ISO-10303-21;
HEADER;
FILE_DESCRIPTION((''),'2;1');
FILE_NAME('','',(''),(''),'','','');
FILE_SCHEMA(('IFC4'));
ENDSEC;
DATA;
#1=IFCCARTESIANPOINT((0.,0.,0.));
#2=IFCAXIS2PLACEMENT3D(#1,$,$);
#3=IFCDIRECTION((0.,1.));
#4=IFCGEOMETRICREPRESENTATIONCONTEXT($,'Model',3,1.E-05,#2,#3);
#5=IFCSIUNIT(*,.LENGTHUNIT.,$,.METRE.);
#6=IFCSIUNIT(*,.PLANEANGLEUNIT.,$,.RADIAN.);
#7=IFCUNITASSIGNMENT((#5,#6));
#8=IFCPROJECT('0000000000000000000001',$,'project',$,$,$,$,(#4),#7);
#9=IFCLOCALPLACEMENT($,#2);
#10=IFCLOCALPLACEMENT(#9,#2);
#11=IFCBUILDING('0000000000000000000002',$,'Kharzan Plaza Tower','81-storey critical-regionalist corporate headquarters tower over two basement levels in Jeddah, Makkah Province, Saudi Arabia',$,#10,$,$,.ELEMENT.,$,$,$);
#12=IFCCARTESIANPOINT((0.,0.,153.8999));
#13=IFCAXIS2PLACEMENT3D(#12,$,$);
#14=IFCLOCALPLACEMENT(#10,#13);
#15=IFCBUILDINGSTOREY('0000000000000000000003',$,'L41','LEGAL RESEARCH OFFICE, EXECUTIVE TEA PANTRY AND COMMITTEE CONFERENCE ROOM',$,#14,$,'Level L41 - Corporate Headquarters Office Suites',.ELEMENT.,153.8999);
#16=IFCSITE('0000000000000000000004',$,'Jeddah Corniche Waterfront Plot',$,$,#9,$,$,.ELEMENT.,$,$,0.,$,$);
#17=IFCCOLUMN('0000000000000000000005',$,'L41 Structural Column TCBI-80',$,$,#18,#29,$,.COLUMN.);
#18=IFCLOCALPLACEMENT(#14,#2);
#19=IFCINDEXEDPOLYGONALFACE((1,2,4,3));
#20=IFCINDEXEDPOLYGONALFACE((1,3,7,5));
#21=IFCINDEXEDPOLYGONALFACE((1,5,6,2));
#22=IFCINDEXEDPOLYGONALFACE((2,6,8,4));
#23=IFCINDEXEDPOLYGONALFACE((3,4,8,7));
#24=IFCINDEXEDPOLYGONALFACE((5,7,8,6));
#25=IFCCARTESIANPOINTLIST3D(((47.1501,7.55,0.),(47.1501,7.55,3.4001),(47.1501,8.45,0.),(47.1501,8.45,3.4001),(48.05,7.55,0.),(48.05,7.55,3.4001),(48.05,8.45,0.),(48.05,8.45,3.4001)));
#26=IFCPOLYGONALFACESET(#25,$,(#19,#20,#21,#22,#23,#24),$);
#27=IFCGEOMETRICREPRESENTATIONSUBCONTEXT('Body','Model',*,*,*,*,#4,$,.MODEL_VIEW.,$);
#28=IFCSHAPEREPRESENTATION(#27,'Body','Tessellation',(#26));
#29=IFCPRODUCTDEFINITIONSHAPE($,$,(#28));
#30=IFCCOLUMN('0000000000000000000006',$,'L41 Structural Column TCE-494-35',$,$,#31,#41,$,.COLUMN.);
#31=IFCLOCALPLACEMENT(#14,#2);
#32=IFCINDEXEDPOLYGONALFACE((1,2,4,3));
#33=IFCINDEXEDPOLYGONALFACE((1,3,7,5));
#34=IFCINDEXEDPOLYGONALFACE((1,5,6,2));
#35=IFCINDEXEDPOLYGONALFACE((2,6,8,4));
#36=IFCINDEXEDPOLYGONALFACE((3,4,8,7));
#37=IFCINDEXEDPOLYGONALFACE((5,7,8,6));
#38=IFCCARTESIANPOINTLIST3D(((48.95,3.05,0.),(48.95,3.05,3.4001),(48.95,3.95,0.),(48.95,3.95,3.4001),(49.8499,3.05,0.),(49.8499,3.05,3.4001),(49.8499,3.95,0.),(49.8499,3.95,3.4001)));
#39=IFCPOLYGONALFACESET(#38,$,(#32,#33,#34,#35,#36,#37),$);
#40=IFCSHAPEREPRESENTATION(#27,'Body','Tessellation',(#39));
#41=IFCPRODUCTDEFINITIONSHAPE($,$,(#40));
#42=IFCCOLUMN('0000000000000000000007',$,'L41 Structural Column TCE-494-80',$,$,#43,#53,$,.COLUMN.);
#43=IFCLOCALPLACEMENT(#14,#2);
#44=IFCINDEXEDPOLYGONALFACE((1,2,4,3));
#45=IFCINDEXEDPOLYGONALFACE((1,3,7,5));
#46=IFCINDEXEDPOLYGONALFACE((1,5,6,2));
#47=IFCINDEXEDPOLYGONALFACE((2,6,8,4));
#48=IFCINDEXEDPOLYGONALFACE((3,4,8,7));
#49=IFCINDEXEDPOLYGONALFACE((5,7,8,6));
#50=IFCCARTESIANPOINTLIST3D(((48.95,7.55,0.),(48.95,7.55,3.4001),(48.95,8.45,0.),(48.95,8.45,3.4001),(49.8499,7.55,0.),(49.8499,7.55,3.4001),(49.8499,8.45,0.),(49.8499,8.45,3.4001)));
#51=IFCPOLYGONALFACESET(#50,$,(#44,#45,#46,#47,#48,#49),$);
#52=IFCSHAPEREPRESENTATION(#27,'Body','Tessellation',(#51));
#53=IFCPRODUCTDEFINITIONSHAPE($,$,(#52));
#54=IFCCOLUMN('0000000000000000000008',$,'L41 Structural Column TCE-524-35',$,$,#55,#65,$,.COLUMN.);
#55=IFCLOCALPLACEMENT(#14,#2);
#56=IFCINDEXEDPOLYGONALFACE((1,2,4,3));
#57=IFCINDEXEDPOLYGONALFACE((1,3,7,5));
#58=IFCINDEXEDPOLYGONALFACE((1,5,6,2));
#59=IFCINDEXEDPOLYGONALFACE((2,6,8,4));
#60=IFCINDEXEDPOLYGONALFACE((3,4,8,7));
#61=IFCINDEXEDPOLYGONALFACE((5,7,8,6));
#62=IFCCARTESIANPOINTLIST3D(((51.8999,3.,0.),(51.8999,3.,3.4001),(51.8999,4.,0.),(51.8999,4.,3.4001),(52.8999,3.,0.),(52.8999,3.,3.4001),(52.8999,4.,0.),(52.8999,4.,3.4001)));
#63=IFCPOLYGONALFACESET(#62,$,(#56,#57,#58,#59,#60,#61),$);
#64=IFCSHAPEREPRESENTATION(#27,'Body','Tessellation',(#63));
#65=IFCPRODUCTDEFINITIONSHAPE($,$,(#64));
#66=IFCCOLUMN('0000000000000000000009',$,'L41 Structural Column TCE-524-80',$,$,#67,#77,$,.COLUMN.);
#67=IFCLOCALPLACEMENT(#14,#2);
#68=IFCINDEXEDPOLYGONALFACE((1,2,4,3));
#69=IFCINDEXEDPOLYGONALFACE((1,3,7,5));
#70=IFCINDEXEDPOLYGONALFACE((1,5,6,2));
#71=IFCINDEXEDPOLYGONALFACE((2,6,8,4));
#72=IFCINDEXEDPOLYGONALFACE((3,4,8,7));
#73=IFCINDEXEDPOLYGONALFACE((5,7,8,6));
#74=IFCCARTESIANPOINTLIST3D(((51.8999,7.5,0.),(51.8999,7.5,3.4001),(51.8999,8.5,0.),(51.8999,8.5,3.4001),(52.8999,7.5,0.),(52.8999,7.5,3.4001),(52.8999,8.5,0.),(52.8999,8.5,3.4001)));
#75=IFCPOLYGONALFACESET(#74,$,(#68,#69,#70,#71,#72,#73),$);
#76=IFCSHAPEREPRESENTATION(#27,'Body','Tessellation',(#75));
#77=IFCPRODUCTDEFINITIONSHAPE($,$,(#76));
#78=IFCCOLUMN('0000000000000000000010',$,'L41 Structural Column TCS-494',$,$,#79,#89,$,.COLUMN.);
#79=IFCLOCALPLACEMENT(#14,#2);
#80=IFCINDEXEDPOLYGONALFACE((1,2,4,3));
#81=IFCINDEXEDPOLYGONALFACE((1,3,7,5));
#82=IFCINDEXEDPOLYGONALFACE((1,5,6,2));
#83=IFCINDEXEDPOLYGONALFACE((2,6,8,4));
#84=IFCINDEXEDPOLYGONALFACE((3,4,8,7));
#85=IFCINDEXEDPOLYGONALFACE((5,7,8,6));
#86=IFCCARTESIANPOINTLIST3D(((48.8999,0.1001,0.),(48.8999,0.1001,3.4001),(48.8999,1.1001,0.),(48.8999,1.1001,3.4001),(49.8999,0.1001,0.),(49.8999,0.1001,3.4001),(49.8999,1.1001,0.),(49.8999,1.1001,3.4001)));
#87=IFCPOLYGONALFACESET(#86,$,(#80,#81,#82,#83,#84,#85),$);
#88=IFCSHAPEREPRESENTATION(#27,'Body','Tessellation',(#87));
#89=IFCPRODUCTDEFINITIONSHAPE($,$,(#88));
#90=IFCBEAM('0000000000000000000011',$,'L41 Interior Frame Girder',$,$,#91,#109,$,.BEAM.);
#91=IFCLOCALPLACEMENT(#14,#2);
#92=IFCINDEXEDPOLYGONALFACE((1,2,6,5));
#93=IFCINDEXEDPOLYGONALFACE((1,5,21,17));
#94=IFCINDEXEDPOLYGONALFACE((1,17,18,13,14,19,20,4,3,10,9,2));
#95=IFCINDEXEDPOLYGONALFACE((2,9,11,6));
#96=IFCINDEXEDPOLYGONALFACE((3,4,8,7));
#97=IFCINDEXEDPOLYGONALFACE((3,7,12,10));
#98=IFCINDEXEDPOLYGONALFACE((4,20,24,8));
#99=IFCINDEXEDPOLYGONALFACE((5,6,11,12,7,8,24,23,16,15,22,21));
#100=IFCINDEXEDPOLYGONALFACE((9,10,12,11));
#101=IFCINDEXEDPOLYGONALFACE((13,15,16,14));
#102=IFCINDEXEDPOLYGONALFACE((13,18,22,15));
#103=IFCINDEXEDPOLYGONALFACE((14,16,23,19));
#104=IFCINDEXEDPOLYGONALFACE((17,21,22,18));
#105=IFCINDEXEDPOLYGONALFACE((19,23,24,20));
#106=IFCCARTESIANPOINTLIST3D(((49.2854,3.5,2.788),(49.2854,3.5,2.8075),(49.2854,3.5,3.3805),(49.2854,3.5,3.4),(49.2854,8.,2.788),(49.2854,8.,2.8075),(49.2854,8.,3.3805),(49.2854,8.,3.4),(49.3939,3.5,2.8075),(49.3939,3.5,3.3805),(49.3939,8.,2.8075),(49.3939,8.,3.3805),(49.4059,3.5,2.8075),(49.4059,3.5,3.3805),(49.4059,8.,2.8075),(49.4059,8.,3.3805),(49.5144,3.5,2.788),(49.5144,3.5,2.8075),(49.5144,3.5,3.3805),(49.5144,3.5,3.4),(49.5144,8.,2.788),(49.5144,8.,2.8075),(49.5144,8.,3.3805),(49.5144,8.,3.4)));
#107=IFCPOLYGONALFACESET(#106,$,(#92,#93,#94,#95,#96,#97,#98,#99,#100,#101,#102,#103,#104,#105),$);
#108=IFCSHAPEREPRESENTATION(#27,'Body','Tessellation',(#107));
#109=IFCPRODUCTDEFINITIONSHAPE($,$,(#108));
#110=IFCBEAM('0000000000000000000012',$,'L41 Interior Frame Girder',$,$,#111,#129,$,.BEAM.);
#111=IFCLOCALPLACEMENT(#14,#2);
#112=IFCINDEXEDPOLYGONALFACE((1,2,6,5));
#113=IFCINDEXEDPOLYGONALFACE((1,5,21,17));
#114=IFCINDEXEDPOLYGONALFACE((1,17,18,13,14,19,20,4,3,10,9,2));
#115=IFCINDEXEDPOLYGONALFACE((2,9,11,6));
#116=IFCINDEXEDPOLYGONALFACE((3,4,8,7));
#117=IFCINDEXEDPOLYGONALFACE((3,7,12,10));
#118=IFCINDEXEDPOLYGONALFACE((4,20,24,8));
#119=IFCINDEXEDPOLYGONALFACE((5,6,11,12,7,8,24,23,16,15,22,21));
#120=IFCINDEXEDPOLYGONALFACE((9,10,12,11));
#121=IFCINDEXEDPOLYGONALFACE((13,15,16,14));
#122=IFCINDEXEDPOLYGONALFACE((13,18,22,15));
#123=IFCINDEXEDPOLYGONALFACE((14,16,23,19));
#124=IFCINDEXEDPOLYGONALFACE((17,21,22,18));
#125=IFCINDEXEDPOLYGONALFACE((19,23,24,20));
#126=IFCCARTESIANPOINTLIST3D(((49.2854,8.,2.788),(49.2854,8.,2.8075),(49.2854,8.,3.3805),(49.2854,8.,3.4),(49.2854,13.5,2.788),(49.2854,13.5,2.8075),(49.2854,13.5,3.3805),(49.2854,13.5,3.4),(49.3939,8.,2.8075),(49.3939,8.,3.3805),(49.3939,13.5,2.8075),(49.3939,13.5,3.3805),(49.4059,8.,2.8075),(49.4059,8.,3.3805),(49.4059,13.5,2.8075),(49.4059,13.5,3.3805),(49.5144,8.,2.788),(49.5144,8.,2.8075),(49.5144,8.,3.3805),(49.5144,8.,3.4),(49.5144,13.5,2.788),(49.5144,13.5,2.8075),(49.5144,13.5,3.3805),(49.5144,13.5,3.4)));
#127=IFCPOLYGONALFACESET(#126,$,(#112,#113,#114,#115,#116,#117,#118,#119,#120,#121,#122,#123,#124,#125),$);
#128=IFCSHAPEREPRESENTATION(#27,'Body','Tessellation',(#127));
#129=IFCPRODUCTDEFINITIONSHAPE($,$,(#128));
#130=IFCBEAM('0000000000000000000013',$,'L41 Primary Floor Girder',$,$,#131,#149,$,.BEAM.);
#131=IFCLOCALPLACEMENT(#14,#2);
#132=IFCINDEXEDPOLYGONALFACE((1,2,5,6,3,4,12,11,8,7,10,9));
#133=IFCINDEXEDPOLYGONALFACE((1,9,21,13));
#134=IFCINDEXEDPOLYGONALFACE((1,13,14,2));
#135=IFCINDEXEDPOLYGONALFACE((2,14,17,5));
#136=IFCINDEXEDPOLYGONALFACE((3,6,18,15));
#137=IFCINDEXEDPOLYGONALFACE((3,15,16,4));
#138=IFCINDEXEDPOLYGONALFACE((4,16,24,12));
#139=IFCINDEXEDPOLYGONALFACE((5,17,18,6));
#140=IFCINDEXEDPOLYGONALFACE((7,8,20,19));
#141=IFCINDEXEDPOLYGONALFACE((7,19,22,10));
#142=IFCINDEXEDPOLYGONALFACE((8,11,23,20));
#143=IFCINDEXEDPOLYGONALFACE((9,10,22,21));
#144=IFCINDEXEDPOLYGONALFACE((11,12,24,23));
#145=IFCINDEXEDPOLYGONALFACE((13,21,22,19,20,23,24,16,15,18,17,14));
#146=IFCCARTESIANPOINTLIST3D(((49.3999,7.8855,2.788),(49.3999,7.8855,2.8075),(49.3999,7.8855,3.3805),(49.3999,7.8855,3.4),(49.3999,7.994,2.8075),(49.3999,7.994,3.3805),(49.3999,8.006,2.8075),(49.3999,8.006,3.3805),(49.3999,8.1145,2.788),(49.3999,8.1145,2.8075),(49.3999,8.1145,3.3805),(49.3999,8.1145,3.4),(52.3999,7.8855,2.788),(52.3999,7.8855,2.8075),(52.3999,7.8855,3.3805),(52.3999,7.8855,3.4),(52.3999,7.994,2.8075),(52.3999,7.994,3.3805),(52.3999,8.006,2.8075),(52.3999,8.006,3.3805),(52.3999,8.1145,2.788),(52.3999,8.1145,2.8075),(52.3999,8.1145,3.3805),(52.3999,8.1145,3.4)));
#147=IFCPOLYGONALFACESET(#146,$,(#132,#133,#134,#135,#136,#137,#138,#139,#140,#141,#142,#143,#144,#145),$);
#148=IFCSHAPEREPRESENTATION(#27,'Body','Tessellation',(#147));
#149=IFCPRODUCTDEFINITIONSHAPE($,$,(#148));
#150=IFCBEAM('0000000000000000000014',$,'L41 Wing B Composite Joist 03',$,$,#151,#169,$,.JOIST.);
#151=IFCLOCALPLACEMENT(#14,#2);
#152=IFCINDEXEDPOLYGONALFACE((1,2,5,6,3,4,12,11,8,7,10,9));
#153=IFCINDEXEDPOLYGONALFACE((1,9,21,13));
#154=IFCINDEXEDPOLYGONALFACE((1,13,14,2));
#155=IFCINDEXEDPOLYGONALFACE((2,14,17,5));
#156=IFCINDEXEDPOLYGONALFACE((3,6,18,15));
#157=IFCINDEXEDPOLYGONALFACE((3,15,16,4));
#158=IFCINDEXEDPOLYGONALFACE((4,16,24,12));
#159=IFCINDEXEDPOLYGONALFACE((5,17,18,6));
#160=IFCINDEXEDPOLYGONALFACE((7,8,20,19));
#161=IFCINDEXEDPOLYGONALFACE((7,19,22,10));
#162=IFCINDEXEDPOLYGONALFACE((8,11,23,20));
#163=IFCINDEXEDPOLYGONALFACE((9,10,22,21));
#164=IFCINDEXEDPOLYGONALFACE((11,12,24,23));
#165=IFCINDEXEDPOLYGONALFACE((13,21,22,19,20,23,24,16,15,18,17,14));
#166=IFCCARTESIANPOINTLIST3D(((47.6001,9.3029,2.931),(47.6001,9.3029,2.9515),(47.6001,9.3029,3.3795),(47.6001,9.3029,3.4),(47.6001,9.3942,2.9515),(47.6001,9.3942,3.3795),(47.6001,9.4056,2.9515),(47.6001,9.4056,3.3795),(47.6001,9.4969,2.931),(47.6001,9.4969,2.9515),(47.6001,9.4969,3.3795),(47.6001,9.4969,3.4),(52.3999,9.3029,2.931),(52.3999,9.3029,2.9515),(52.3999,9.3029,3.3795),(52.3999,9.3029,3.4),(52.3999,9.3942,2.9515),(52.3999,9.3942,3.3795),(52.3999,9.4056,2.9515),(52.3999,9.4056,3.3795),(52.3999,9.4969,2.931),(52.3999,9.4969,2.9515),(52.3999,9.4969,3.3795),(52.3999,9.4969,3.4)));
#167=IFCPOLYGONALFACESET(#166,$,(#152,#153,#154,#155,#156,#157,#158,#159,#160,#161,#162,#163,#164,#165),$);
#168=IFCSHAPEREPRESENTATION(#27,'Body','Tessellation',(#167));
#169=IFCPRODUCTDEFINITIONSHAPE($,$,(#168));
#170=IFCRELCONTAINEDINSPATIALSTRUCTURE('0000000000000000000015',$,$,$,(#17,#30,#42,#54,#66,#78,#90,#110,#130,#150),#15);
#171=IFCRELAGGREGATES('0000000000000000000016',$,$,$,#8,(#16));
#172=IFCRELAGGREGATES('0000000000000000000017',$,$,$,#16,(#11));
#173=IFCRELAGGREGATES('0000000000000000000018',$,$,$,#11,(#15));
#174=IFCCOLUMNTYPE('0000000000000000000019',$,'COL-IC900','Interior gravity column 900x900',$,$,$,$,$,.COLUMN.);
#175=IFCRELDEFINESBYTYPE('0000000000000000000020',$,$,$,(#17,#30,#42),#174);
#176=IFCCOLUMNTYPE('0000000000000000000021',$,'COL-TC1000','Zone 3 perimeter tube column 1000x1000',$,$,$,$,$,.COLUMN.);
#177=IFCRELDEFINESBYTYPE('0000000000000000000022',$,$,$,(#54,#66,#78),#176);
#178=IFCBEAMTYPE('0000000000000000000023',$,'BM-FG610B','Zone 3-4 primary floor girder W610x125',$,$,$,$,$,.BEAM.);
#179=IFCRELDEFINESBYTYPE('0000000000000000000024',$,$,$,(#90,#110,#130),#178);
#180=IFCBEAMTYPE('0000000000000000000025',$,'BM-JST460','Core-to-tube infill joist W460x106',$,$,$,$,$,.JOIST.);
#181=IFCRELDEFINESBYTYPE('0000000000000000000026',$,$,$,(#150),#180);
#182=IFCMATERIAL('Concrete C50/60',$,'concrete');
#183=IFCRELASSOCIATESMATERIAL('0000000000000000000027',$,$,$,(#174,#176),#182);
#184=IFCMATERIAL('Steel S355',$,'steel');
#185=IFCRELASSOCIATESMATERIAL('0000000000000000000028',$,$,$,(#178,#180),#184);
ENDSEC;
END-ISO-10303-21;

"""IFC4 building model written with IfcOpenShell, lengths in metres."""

from ifc_helpers import new_model, si_unit, direction, frame, origin, origin_2d, place, context, subcontext, project, spatial, rectangle, i_section, extrude, source, transform, mapped, material, material_profile, profile_set, type_object, element, save


model = new_model("IFC4")

# Units and contexts
model_context = context("Model", 3, precision=1e-05, world=origin(), true_north=direction((0.0, 1.0)))
body_context = subcontext(model_context, "Body", "Model", "MODEL_VIEW")
ifc_project = project(units=[si_unit("LENGTHUNIT", "METRE"), si_unit("PLANEANGLEUNIT", "RADIAN")], contexts=[model_context])

# Site, building, storey
site_placement = place(None, origin())
site = spatial("IfcSite", under=ifc_project, at=site_placement, Name="Jeddah Corniche Waterfront Plot", CompositionType="ELEMENT", RefElevation=0.0)
building_placement = place(site_placement, origin())
building = spatial("IfcBuilding", under=site, at=building_placement, Name="Kharzan Plaza Tower", Description="81-storey critical-regionalist corporate headquarters tower over two basement levels in Jeddah, Makkah Province, Saudi Arabia", CompositionType="ELEMENT")
storey_placement = place(building_placement, frame((0.0, 0.0, 153.8999)))
storey = spatial("IfcBuildingStorey", under=building, at=storey_placement, Name="L41", Description="LEGAL RESEARCH OFFICE, EXECUTIVE TEA PANTRY AND COMMITTEE CONFERENCE ROOM", LongName="Level L41 - Corporate Headquarters Office Suites", CompositionType="ELEMENT", Elevation=153.8999)

# Columns
ifc_material_1 = material(Name="Concrete C50/60", Category="concrete")
ifc_material_profile_1 = material_profile(ifc_material_1, rectangle(XDim=0.8999, YDim=0.8999, at=origin_2d()), Name="RC-IC900x900")
ifc_profile_set_1 = profile_set([ifc_material_profile_1], Name="Concrete C50/60")
column_type_1 = type_object("IfcColumnType", Name="COL-IC900", Description="Interior gravity column 900x900", PredefinedType="COLUMN", material=ifc_profile_set_1)
shared_shape_1 = source(origin(), body_context, "Body", "SweptSolid", [
    extrude(rectangle(XDim=0.8999, YDim=0.8999, at=origin_2d()), origin(), (0.0, 0.0, 1.0), 3.4001),
])
for number, where, z_axis, x_axis, name in (
    (1, (47.6001, 8.0, 0.0), (0.0, 0.0, 1.0), (1.0, 0.0, 0.0), "L41 Structural Column TCBI-80"),
    (2, (49.3999, 3.5, 0.0), (0.0, 0.0, 1.0), (1.0, 0.0, 0.0), "L41 Structural Column TCE-494-35"),
    (3, (49.3999, 8.0, 0.0), (0.0, 0.0, 1.0), (1.0, 0.0, 0.0), "L41 Structural Column TCE-494-80"),
):
    element("IfcColumn", number, at=place(storey_placement, frame(where, z_axis=z_axis, x_axis=x_axis)), inside=storey, type_object=column_type_1, Name=name, PredefinedType="COLUMN", context=body_context, shape_type="MappedRepresentation", body=[
        mapped(shared_shape_1, transform((0.0, 0.0, 0.0), x_axis=(1.0, 0.0, 0.0), y_axis=(0.0, 1.0, 0.0), z_axis=(0.0, 0.0, 1.0))),
    ])
ifc_material_profile_2 = material_profile(ifc_material_1, rectangle(XDim=1.0, YDim=1.0, at=origin_2d()), Name="RC-TC1000x1000")
ifc_profile_set_2 = profile_set([ifc_material_profile_2], Name="Concrete C50/60")
column_type_2 = type_object("IfcColumnType", Name="COL-TC1000", Description="Zone 3 perimeter tube column 1000x1000", PredefinedType="COLUMN", material=ifc_profile_set_2)
shared_shape_2 = source(origin(), body_context, "Body", "SweptSolid", [
    extrude(rectangle(XDim=1.0, YDim=1.0, at=origin_2d()), origin(), (0.0, 0.0, 1.0), 3.4001),
])
for number, where, z_axis, x_axis, name in (
    (4, (52.3999, 3.5, 0.0), (0.0, 0.0, 1.0), (1.0, 0.0, 0.0), "L41 Structural Column TCE-524-35"),
    (5, (52.3999, 8.0, 0.0), (0.0, 0.0, 1.0), (1.0, 0.0, 0.0), "L41 Structural Column TCE-524-80"),
    (6, (49.3999, 0.6001, 0.0), (0.0, 0.0, 1.0), (1.0, 0.0, 0.0), "L41 Structural Column TCS-494"),
):
    element("IfcColumn", number, at=place(storey_placement, frame(where, z_axis=z_axis, x_axis=x_axis)), inside=storey, type_object=column_type_2, Name=name, PredefinedType="COLUMN", context=body_context, shape_type="MappedRepresentation", body=[
        mapped(shared_shape_2, transform((0.0, 0.0, 0.0), x_axis=(1.0, 0.0, 0.0), y_axis=(0.0, 1.0, 0.0), z_axis=(0.0, 0.0, 1.0))),
    ])

# Beams
ifc_material_2 = material(Name="Steel S355", Category="steel")
ifc_material_profile_3 = material_profile(ifc_material_2, i_section(OverallWidth=0.229, OverallDepth=0.6121, WebThickness=0.012, FlangeThickness=0.0195, at=origin_2d()), Name="W610x125")
ifc_profile_set_3 = profile_set([ifc_material_profile_3], Name="Steel S355")
beam_type_1 = type_object("IfcBeamType", Name="BM-FG610B", Description="Zone 3-4 primary floor girder W610x125", PredefinedType="BEAM", material=ifc_profile_set_3)
shared_shape_3 = source(origin(), body_context, "Body", "SweptSolid", [
    extrude(i_section(OverallWidth=0.229, OverallDepth=0.6121, WebThickness=0.012, FlangeThickness=0.0195, at=origin_2d()), origin(), (0.0, 0.0, 1.0), 4.5),
])
beam_1_placement = place(storey_placement, frame((49.3999, 3.5, 3.094), z_axis=(0.0, 1.0, 0.0), x_axis=(-1.0, 0.0, 0.0)))
element("IfcBeam", 7, at=beam_1_placement, inside=storey, type_object=beam_type_1, Name="L41 Interior Frame Girder", PredefinedType="BEAM", context=body_context, shape_type="MappedRepresentation", body=[
    mapped(shared_shape_3, transform((0.0, 0.0, 0.0), x_axis=(1.0, 0.0, 0.0), y_axis=(0.0, 1.0, 0.0), z_axis=(0.0, 0.0, 1.0))),
])
shared_shape_4 = source(origin(), body_context, "Body", "SweptSolid", [
    extrude(i_section(OverallWidth=0.229, OverallDepth=0.6121, WebThickness=0.012, FlangeThickness=0.0195, at=origin_2d()), origin(), (0.0, 0.0, 1.0), 5.5),
])
beam_2_placement = place(storey_placement, frame((49.3999, 8.0, 3.094), z_axis=(0.0, 1.0, 0.0), x_axis=(-1.0, 0.0, 0.0)))
element("IfcBeam", 8, at=beam_2_placement, inside=storey, type_object=beam_type_1, Name="L41 Interior Frame Girder", PredefinedType="BEAM", context=body_context, shape_type="MappedRepresentation", body=[
    mapped(shared_shape_4, transform((0.0, 0.0, 0.0), x_axis=(1.0, 0.0, 0.0), y_axis=(0.0, 1.0, 0.0), z_axis=(0.0, 0.0, 1.0))),
])
shared_shape_5 = source(origin(), body_context, "Body", "SweptSolid", [
    extrude(i_section(OverallWidth=0.229, OverallDepth=0.6121, WebThickness=0.012, FlangeThickness=0.0195, at=origin_2d()), origin(), (0.0, 0.0, 1.0), 3.0),
])
beam_3_placement = place(storey_placement, frame((49.3999, 8.0, 3.094), z_axis=(1.0, 0.0, 0.0), x_axis=(0.0, 1.0, 0.0)))
element("IfcBeam", 9, at=beam_3_placement, inside=storey, type_object=beam_type_1, Name="L41 Primary Floor Girder", PredefinedType="BEAM", context=body_context, shape_type="MappedRepresentation", body=[
    mapped(shared_shape_5, transform((0.0, 0.0, 0.0), x_axis=(1.0, 0.0, 0.0), y_axis=(0.0, 1.0, 0.0), z_axis=(0.0, 0.0, 1.0))),
])
ifc_material_profile_4 = material_profile(ifc_material_2, i_section(OverallWidth=0.1941, OverallDepth=0.469, WebThickness=0.0115, FlangeThickness=0.0205, at=origin_2d()), Name="W460x106")
ifc_profile_set_4 = profile_set([ifc_material_profile_4], Name="Steel S355")
beam_type_2 = type_object("IfcBeamType", Name="BM-JST460", Description="Core-to-tube infill joist W460x106", PredefinedType="JOIST", material=ifc_profile_set_4)
shared_shape_6 = source(origin(), body_context, "Body", "SweptSolid", [
    extrude(i_section(OverallWidth=0.1941, OverallDepth=0.469, WebThickness=0.0115, FlangeThickness=0.0205, at=origin_2d()), origin(), (0.0, 0.0, 1.0), 4.7998),
])
beam_4_placement = place(storey_placement, frame((47.6001, 9.3999, 3.1655), z_axis=(1.0, 0.0, 0.0), x_axis=(0.0, 1.0, 0.0)))
element("IfcBeam", 10, at=beam_4_placement, inside=storey, type_object=beam_type_2, Name="L41 Wing B Composite Joist 03", PredefinedType="JOIST", context=body_context, shape_type="MappedRepresentation", body=[
    mapped(shared_shape_6, transform((0.0, 0.0, 0.0), x_axis=(1.0, 0.0, 0.0), y_axis=(0.0, 1.0, 0.0), z_axis=(0.0, 0.0, 1.0))),
])

save(model, "model.ifc")
